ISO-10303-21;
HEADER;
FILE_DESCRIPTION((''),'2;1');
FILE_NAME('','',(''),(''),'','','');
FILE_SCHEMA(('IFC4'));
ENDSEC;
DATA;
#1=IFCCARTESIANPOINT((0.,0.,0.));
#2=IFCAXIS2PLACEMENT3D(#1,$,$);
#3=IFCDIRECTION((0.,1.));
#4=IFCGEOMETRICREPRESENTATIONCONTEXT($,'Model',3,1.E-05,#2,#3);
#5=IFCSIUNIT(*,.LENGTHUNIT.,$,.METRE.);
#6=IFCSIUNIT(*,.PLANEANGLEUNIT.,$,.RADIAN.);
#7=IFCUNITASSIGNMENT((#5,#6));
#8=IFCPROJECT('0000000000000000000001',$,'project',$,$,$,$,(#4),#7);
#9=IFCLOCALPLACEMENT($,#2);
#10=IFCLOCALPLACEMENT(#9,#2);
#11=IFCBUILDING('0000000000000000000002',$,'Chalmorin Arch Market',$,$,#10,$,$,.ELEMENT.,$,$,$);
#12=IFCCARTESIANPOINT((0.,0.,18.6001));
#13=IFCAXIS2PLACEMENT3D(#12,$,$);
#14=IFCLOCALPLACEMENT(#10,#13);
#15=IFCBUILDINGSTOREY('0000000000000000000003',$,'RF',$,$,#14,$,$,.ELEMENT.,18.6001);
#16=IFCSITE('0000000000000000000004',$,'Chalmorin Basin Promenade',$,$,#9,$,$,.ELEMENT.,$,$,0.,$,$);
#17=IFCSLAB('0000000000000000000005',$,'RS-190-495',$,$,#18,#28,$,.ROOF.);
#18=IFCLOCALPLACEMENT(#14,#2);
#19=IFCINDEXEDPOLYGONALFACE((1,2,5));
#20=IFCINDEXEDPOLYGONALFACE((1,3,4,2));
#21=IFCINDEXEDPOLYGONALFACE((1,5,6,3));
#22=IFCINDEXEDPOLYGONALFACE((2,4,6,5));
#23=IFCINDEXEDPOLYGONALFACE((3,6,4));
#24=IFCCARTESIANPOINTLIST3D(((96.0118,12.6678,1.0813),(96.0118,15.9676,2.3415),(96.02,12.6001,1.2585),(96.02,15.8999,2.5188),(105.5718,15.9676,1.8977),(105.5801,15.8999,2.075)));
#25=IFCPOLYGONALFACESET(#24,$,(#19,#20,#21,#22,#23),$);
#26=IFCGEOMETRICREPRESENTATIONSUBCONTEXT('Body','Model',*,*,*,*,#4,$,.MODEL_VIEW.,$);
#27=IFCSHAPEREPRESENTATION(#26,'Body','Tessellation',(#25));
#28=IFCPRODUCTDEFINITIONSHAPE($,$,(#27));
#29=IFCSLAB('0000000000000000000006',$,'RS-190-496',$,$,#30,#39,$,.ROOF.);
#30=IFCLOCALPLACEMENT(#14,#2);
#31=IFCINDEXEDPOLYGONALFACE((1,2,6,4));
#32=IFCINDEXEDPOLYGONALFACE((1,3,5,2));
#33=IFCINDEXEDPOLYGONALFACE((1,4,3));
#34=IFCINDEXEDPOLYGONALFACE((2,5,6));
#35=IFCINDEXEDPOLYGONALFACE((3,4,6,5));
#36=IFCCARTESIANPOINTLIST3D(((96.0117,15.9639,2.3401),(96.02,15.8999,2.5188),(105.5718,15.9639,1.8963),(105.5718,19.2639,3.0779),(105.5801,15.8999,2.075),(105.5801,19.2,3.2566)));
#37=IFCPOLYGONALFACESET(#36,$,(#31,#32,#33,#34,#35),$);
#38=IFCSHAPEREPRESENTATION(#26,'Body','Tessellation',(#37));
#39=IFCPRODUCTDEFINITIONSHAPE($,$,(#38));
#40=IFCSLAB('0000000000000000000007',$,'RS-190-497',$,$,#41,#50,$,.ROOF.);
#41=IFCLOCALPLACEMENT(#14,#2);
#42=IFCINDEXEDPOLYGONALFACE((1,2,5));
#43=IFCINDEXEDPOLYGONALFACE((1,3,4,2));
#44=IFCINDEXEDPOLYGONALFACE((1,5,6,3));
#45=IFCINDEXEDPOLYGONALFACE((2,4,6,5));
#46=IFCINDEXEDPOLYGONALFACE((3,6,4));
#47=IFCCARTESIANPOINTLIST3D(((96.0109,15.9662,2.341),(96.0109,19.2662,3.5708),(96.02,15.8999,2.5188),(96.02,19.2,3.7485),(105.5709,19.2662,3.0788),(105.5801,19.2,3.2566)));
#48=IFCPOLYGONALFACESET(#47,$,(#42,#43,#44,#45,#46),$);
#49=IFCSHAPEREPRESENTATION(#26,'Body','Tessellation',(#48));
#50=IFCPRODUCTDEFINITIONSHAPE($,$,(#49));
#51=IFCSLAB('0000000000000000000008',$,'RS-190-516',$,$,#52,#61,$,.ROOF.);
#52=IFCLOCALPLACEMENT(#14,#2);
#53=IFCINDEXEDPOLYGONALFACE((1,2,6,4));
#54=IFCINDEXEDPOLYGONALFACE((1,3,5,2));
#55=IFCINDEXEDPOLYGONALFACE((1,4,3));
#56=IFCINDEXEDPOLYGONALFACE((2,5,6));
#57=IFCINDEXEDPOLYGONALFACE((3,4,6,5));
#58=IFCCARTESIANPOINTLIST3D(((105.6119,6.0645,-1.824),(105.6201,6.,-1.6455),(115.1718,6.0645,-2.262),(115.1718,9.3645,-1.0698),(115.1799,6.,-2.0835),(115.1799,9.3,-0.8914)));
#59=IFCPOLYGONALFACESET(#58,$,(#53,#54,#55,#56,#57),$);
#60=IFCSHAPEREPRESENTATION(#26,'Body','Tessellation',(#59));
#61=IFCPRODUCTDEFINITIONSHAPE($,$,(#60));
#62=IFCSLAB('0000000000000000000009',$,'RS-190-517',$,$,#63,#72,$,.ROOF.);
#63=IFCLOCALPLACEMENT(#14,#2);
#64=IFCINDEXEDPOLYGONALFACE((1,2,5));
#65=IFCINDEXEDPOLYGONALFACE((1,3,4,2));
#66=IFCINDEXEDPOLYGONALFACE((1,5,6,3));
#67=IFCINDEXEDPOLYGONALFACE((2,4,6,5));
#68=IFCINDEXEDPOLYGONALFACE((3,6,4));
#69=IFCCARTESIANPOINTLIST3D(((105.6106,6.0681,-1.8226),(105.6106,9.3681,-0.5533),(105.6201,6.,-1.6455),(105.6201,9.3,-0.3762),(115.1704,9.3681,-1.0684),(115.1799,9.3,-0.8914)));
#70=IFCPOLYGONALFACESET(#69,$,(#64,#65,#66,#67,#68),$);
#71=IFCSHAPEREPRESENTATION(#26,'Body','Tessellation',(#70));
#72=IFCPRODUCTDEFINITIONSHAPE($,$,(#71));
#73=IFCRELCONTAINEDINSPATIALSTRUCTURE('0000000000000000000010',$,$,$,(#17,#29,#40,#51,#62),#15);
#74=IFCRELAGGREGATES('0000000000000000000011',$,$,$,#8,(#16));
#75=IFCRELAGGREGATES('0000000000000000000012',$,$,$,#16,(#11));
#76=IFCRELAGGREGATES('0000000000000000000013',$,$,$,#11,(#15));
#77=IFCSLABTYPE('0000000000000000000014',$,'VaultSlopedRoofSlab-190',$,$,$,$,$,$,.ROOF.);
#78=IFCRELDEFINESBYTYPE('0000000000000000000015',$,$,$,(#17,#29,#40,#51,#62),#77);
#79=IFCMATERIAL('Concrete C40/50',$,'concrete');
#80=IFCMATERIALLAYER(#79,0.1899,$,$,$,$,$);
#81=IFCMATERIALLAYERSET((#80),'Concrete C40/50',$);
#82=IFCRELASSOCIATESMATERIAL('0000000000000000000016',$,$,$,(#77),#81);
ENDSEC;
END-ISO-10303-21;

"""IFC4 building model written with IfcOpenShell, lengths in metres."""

from ifc_helpers import new_model, si_unit, direction, frame, origin, place, context, subcontext, project, spatial, polyline, outline, extrude, material, layer, layer_set, type_object, element, save


model = new_model("IFC4")

# Units and contexts
model_context = context("Model", 3, precision=1e-05, world=origin(), true_north=direction((0.0, 1.0)))
body_context = subcontext(model_context, "Body", "Model", "MODEL_VIEW")
ifc_project = project(units=[si_unit("LENGTHUNIT", "METRE"), si_unit("PLANEANGLEUNIT", "RADIAN")], contexts=[model_context])

# Site, building, storey
site_placement = place(None, origin())
site = spatial("IfcSite", under=ifc_project, at=site_placement, Name="Chalmorin Basin Promenade", CompositionType="ELEMENT", RefElevation=0.0)
building_placement = place(site_placement, origin())
building = spatial("IfcBuilding", under=site, at=building_placement, Name="Chalmorin Arch Market", CompositionType="ELEMENT")
storey_placement = place(building_placement, frame((0.0, 0.0, 18.6001)))
storey = spatial("IfcBuildingStorey", under=building, at=storey_placement, Name="RF", CompositionType="ELEMENT", Elevation=18.6001)

# Slabs
ifc_material_1 = material(Name="Concrete C40/50", Category="concrete")
ifc_layer_1 = layer(ifc_material_1, 0.1899)
ifc_layer_set_1 = layer_set([ifc_layer_1], Name="Concrete C40/50")
slab_type = type_object("IfcSlabType", Name="VaultSlopedRoofSlab-190", PredefinedType="ROOF", material=ifc_layer_set_1)
slab_1_placement = place(storey_placement, frame((96.02, 12.6001, 1.2585), z_axis=(0.043331, -0.356448, 0.93331), x_axis=(0.94221, 0.325218, 0.080462)))
element("IfcSlab", 1, at=slab_1_placement, inside=storey, type_object=slab_type, Name="RS-190-495", PredefinedType="ROOF", context=body_context, shape_type="SweptSolid", body=[
    extrude(outline(polyline([(0.0, 0.0), (10.1464, 0.0), (1.1746, 3.3313), (0.0, 0.0)])), origin(), (0.0, 0.0, -1.0), 0.1899),
])
slab_2_placement = place(storey_placement, frame((96.02, 15.8999, 2.5188), z_axis=(0.043668, -0.336787, 0.940568), x_axis=(0.998924, 0.0, -0.046377)))
element("IfcSlab", 2, at=slab_2_placement, inside=storey, type_object=slab_type, Name="RS-190-496", PredefinedType="ROOF", context=body_context, shape_type="SweptSolid", body=[
    extrude(outline(polyline([(0.0, 0.0), (9.5704, 0.0), (9.5156, 3.5048), (0.0, 0.0)])), origin(), (0.0, 0.0, -1.0), 0.1899),
])
slab_3_placement = place(storey_placement, frame((96.02, 15.8999, 2.5188), z_axis=(0.048163, -0.34878, 0.935966), x_axis=(0.942762, 0.325433, 0.072757)))
element("IfcSlab", 3, at=slab_3_placement, inside=storey, type_object=slab_type, Name="RS-190-497", PredefinedType="ROOF", context=body_context, shape_type="SweptSolid", body=[
    extrude(outline(polyline([(0.0, 0.0), (10.1405, 0.0), (1.1634, 3.324), (0.0, 0.0)])), origin(), (0.0, 0.0, -1.0), 0.1899),
])
slab_4_placement = place(storey_placement, frame((105.6201, 6.0, -1.6455), z_axis=(0.04305, -0.339444, 0.939641), x_axis=(0.998952, 0.0, -0.045768)))
element("IfcSlab", 4, at=slab_4_placement, inside=storey, type_object=slab_type, Name="RS-190-516", PredefinedType="ROOF", context=body_context, shape_type="SweptSolid", body=[
    extrude(outline(polyline([(0.0, 0.0), (9.5698, 0.0), (9.5153, 3.5084), (0.0, 0.0)])), origin(), (0.0, 0.0, -1.0), 0.1899),
])
slab_5_placement = place(storey_placement, frame((105.6201, 6.0, -1.6455), z_axis=(0.05023, -0.358535, 0.932164), x_axis=(0.942647, 0.325402, 0.074363)))
element("IfcSlab", 5, at=slab_5_placement, inside=storey, type_object=slab_type, Name="RS-190-517", PredefinedType="ROOF", context=body_context, shape_type="SweptSolid", body=[
    extrude(outline(polyline([(0.0, 0.0), (10.1415, 0.0), (1.1682, 3.3372), (0.0, 0.0)])), origin(), (0.0, 0.0, -1.0), 0.1899),
])

save(model, "model.ifc")
